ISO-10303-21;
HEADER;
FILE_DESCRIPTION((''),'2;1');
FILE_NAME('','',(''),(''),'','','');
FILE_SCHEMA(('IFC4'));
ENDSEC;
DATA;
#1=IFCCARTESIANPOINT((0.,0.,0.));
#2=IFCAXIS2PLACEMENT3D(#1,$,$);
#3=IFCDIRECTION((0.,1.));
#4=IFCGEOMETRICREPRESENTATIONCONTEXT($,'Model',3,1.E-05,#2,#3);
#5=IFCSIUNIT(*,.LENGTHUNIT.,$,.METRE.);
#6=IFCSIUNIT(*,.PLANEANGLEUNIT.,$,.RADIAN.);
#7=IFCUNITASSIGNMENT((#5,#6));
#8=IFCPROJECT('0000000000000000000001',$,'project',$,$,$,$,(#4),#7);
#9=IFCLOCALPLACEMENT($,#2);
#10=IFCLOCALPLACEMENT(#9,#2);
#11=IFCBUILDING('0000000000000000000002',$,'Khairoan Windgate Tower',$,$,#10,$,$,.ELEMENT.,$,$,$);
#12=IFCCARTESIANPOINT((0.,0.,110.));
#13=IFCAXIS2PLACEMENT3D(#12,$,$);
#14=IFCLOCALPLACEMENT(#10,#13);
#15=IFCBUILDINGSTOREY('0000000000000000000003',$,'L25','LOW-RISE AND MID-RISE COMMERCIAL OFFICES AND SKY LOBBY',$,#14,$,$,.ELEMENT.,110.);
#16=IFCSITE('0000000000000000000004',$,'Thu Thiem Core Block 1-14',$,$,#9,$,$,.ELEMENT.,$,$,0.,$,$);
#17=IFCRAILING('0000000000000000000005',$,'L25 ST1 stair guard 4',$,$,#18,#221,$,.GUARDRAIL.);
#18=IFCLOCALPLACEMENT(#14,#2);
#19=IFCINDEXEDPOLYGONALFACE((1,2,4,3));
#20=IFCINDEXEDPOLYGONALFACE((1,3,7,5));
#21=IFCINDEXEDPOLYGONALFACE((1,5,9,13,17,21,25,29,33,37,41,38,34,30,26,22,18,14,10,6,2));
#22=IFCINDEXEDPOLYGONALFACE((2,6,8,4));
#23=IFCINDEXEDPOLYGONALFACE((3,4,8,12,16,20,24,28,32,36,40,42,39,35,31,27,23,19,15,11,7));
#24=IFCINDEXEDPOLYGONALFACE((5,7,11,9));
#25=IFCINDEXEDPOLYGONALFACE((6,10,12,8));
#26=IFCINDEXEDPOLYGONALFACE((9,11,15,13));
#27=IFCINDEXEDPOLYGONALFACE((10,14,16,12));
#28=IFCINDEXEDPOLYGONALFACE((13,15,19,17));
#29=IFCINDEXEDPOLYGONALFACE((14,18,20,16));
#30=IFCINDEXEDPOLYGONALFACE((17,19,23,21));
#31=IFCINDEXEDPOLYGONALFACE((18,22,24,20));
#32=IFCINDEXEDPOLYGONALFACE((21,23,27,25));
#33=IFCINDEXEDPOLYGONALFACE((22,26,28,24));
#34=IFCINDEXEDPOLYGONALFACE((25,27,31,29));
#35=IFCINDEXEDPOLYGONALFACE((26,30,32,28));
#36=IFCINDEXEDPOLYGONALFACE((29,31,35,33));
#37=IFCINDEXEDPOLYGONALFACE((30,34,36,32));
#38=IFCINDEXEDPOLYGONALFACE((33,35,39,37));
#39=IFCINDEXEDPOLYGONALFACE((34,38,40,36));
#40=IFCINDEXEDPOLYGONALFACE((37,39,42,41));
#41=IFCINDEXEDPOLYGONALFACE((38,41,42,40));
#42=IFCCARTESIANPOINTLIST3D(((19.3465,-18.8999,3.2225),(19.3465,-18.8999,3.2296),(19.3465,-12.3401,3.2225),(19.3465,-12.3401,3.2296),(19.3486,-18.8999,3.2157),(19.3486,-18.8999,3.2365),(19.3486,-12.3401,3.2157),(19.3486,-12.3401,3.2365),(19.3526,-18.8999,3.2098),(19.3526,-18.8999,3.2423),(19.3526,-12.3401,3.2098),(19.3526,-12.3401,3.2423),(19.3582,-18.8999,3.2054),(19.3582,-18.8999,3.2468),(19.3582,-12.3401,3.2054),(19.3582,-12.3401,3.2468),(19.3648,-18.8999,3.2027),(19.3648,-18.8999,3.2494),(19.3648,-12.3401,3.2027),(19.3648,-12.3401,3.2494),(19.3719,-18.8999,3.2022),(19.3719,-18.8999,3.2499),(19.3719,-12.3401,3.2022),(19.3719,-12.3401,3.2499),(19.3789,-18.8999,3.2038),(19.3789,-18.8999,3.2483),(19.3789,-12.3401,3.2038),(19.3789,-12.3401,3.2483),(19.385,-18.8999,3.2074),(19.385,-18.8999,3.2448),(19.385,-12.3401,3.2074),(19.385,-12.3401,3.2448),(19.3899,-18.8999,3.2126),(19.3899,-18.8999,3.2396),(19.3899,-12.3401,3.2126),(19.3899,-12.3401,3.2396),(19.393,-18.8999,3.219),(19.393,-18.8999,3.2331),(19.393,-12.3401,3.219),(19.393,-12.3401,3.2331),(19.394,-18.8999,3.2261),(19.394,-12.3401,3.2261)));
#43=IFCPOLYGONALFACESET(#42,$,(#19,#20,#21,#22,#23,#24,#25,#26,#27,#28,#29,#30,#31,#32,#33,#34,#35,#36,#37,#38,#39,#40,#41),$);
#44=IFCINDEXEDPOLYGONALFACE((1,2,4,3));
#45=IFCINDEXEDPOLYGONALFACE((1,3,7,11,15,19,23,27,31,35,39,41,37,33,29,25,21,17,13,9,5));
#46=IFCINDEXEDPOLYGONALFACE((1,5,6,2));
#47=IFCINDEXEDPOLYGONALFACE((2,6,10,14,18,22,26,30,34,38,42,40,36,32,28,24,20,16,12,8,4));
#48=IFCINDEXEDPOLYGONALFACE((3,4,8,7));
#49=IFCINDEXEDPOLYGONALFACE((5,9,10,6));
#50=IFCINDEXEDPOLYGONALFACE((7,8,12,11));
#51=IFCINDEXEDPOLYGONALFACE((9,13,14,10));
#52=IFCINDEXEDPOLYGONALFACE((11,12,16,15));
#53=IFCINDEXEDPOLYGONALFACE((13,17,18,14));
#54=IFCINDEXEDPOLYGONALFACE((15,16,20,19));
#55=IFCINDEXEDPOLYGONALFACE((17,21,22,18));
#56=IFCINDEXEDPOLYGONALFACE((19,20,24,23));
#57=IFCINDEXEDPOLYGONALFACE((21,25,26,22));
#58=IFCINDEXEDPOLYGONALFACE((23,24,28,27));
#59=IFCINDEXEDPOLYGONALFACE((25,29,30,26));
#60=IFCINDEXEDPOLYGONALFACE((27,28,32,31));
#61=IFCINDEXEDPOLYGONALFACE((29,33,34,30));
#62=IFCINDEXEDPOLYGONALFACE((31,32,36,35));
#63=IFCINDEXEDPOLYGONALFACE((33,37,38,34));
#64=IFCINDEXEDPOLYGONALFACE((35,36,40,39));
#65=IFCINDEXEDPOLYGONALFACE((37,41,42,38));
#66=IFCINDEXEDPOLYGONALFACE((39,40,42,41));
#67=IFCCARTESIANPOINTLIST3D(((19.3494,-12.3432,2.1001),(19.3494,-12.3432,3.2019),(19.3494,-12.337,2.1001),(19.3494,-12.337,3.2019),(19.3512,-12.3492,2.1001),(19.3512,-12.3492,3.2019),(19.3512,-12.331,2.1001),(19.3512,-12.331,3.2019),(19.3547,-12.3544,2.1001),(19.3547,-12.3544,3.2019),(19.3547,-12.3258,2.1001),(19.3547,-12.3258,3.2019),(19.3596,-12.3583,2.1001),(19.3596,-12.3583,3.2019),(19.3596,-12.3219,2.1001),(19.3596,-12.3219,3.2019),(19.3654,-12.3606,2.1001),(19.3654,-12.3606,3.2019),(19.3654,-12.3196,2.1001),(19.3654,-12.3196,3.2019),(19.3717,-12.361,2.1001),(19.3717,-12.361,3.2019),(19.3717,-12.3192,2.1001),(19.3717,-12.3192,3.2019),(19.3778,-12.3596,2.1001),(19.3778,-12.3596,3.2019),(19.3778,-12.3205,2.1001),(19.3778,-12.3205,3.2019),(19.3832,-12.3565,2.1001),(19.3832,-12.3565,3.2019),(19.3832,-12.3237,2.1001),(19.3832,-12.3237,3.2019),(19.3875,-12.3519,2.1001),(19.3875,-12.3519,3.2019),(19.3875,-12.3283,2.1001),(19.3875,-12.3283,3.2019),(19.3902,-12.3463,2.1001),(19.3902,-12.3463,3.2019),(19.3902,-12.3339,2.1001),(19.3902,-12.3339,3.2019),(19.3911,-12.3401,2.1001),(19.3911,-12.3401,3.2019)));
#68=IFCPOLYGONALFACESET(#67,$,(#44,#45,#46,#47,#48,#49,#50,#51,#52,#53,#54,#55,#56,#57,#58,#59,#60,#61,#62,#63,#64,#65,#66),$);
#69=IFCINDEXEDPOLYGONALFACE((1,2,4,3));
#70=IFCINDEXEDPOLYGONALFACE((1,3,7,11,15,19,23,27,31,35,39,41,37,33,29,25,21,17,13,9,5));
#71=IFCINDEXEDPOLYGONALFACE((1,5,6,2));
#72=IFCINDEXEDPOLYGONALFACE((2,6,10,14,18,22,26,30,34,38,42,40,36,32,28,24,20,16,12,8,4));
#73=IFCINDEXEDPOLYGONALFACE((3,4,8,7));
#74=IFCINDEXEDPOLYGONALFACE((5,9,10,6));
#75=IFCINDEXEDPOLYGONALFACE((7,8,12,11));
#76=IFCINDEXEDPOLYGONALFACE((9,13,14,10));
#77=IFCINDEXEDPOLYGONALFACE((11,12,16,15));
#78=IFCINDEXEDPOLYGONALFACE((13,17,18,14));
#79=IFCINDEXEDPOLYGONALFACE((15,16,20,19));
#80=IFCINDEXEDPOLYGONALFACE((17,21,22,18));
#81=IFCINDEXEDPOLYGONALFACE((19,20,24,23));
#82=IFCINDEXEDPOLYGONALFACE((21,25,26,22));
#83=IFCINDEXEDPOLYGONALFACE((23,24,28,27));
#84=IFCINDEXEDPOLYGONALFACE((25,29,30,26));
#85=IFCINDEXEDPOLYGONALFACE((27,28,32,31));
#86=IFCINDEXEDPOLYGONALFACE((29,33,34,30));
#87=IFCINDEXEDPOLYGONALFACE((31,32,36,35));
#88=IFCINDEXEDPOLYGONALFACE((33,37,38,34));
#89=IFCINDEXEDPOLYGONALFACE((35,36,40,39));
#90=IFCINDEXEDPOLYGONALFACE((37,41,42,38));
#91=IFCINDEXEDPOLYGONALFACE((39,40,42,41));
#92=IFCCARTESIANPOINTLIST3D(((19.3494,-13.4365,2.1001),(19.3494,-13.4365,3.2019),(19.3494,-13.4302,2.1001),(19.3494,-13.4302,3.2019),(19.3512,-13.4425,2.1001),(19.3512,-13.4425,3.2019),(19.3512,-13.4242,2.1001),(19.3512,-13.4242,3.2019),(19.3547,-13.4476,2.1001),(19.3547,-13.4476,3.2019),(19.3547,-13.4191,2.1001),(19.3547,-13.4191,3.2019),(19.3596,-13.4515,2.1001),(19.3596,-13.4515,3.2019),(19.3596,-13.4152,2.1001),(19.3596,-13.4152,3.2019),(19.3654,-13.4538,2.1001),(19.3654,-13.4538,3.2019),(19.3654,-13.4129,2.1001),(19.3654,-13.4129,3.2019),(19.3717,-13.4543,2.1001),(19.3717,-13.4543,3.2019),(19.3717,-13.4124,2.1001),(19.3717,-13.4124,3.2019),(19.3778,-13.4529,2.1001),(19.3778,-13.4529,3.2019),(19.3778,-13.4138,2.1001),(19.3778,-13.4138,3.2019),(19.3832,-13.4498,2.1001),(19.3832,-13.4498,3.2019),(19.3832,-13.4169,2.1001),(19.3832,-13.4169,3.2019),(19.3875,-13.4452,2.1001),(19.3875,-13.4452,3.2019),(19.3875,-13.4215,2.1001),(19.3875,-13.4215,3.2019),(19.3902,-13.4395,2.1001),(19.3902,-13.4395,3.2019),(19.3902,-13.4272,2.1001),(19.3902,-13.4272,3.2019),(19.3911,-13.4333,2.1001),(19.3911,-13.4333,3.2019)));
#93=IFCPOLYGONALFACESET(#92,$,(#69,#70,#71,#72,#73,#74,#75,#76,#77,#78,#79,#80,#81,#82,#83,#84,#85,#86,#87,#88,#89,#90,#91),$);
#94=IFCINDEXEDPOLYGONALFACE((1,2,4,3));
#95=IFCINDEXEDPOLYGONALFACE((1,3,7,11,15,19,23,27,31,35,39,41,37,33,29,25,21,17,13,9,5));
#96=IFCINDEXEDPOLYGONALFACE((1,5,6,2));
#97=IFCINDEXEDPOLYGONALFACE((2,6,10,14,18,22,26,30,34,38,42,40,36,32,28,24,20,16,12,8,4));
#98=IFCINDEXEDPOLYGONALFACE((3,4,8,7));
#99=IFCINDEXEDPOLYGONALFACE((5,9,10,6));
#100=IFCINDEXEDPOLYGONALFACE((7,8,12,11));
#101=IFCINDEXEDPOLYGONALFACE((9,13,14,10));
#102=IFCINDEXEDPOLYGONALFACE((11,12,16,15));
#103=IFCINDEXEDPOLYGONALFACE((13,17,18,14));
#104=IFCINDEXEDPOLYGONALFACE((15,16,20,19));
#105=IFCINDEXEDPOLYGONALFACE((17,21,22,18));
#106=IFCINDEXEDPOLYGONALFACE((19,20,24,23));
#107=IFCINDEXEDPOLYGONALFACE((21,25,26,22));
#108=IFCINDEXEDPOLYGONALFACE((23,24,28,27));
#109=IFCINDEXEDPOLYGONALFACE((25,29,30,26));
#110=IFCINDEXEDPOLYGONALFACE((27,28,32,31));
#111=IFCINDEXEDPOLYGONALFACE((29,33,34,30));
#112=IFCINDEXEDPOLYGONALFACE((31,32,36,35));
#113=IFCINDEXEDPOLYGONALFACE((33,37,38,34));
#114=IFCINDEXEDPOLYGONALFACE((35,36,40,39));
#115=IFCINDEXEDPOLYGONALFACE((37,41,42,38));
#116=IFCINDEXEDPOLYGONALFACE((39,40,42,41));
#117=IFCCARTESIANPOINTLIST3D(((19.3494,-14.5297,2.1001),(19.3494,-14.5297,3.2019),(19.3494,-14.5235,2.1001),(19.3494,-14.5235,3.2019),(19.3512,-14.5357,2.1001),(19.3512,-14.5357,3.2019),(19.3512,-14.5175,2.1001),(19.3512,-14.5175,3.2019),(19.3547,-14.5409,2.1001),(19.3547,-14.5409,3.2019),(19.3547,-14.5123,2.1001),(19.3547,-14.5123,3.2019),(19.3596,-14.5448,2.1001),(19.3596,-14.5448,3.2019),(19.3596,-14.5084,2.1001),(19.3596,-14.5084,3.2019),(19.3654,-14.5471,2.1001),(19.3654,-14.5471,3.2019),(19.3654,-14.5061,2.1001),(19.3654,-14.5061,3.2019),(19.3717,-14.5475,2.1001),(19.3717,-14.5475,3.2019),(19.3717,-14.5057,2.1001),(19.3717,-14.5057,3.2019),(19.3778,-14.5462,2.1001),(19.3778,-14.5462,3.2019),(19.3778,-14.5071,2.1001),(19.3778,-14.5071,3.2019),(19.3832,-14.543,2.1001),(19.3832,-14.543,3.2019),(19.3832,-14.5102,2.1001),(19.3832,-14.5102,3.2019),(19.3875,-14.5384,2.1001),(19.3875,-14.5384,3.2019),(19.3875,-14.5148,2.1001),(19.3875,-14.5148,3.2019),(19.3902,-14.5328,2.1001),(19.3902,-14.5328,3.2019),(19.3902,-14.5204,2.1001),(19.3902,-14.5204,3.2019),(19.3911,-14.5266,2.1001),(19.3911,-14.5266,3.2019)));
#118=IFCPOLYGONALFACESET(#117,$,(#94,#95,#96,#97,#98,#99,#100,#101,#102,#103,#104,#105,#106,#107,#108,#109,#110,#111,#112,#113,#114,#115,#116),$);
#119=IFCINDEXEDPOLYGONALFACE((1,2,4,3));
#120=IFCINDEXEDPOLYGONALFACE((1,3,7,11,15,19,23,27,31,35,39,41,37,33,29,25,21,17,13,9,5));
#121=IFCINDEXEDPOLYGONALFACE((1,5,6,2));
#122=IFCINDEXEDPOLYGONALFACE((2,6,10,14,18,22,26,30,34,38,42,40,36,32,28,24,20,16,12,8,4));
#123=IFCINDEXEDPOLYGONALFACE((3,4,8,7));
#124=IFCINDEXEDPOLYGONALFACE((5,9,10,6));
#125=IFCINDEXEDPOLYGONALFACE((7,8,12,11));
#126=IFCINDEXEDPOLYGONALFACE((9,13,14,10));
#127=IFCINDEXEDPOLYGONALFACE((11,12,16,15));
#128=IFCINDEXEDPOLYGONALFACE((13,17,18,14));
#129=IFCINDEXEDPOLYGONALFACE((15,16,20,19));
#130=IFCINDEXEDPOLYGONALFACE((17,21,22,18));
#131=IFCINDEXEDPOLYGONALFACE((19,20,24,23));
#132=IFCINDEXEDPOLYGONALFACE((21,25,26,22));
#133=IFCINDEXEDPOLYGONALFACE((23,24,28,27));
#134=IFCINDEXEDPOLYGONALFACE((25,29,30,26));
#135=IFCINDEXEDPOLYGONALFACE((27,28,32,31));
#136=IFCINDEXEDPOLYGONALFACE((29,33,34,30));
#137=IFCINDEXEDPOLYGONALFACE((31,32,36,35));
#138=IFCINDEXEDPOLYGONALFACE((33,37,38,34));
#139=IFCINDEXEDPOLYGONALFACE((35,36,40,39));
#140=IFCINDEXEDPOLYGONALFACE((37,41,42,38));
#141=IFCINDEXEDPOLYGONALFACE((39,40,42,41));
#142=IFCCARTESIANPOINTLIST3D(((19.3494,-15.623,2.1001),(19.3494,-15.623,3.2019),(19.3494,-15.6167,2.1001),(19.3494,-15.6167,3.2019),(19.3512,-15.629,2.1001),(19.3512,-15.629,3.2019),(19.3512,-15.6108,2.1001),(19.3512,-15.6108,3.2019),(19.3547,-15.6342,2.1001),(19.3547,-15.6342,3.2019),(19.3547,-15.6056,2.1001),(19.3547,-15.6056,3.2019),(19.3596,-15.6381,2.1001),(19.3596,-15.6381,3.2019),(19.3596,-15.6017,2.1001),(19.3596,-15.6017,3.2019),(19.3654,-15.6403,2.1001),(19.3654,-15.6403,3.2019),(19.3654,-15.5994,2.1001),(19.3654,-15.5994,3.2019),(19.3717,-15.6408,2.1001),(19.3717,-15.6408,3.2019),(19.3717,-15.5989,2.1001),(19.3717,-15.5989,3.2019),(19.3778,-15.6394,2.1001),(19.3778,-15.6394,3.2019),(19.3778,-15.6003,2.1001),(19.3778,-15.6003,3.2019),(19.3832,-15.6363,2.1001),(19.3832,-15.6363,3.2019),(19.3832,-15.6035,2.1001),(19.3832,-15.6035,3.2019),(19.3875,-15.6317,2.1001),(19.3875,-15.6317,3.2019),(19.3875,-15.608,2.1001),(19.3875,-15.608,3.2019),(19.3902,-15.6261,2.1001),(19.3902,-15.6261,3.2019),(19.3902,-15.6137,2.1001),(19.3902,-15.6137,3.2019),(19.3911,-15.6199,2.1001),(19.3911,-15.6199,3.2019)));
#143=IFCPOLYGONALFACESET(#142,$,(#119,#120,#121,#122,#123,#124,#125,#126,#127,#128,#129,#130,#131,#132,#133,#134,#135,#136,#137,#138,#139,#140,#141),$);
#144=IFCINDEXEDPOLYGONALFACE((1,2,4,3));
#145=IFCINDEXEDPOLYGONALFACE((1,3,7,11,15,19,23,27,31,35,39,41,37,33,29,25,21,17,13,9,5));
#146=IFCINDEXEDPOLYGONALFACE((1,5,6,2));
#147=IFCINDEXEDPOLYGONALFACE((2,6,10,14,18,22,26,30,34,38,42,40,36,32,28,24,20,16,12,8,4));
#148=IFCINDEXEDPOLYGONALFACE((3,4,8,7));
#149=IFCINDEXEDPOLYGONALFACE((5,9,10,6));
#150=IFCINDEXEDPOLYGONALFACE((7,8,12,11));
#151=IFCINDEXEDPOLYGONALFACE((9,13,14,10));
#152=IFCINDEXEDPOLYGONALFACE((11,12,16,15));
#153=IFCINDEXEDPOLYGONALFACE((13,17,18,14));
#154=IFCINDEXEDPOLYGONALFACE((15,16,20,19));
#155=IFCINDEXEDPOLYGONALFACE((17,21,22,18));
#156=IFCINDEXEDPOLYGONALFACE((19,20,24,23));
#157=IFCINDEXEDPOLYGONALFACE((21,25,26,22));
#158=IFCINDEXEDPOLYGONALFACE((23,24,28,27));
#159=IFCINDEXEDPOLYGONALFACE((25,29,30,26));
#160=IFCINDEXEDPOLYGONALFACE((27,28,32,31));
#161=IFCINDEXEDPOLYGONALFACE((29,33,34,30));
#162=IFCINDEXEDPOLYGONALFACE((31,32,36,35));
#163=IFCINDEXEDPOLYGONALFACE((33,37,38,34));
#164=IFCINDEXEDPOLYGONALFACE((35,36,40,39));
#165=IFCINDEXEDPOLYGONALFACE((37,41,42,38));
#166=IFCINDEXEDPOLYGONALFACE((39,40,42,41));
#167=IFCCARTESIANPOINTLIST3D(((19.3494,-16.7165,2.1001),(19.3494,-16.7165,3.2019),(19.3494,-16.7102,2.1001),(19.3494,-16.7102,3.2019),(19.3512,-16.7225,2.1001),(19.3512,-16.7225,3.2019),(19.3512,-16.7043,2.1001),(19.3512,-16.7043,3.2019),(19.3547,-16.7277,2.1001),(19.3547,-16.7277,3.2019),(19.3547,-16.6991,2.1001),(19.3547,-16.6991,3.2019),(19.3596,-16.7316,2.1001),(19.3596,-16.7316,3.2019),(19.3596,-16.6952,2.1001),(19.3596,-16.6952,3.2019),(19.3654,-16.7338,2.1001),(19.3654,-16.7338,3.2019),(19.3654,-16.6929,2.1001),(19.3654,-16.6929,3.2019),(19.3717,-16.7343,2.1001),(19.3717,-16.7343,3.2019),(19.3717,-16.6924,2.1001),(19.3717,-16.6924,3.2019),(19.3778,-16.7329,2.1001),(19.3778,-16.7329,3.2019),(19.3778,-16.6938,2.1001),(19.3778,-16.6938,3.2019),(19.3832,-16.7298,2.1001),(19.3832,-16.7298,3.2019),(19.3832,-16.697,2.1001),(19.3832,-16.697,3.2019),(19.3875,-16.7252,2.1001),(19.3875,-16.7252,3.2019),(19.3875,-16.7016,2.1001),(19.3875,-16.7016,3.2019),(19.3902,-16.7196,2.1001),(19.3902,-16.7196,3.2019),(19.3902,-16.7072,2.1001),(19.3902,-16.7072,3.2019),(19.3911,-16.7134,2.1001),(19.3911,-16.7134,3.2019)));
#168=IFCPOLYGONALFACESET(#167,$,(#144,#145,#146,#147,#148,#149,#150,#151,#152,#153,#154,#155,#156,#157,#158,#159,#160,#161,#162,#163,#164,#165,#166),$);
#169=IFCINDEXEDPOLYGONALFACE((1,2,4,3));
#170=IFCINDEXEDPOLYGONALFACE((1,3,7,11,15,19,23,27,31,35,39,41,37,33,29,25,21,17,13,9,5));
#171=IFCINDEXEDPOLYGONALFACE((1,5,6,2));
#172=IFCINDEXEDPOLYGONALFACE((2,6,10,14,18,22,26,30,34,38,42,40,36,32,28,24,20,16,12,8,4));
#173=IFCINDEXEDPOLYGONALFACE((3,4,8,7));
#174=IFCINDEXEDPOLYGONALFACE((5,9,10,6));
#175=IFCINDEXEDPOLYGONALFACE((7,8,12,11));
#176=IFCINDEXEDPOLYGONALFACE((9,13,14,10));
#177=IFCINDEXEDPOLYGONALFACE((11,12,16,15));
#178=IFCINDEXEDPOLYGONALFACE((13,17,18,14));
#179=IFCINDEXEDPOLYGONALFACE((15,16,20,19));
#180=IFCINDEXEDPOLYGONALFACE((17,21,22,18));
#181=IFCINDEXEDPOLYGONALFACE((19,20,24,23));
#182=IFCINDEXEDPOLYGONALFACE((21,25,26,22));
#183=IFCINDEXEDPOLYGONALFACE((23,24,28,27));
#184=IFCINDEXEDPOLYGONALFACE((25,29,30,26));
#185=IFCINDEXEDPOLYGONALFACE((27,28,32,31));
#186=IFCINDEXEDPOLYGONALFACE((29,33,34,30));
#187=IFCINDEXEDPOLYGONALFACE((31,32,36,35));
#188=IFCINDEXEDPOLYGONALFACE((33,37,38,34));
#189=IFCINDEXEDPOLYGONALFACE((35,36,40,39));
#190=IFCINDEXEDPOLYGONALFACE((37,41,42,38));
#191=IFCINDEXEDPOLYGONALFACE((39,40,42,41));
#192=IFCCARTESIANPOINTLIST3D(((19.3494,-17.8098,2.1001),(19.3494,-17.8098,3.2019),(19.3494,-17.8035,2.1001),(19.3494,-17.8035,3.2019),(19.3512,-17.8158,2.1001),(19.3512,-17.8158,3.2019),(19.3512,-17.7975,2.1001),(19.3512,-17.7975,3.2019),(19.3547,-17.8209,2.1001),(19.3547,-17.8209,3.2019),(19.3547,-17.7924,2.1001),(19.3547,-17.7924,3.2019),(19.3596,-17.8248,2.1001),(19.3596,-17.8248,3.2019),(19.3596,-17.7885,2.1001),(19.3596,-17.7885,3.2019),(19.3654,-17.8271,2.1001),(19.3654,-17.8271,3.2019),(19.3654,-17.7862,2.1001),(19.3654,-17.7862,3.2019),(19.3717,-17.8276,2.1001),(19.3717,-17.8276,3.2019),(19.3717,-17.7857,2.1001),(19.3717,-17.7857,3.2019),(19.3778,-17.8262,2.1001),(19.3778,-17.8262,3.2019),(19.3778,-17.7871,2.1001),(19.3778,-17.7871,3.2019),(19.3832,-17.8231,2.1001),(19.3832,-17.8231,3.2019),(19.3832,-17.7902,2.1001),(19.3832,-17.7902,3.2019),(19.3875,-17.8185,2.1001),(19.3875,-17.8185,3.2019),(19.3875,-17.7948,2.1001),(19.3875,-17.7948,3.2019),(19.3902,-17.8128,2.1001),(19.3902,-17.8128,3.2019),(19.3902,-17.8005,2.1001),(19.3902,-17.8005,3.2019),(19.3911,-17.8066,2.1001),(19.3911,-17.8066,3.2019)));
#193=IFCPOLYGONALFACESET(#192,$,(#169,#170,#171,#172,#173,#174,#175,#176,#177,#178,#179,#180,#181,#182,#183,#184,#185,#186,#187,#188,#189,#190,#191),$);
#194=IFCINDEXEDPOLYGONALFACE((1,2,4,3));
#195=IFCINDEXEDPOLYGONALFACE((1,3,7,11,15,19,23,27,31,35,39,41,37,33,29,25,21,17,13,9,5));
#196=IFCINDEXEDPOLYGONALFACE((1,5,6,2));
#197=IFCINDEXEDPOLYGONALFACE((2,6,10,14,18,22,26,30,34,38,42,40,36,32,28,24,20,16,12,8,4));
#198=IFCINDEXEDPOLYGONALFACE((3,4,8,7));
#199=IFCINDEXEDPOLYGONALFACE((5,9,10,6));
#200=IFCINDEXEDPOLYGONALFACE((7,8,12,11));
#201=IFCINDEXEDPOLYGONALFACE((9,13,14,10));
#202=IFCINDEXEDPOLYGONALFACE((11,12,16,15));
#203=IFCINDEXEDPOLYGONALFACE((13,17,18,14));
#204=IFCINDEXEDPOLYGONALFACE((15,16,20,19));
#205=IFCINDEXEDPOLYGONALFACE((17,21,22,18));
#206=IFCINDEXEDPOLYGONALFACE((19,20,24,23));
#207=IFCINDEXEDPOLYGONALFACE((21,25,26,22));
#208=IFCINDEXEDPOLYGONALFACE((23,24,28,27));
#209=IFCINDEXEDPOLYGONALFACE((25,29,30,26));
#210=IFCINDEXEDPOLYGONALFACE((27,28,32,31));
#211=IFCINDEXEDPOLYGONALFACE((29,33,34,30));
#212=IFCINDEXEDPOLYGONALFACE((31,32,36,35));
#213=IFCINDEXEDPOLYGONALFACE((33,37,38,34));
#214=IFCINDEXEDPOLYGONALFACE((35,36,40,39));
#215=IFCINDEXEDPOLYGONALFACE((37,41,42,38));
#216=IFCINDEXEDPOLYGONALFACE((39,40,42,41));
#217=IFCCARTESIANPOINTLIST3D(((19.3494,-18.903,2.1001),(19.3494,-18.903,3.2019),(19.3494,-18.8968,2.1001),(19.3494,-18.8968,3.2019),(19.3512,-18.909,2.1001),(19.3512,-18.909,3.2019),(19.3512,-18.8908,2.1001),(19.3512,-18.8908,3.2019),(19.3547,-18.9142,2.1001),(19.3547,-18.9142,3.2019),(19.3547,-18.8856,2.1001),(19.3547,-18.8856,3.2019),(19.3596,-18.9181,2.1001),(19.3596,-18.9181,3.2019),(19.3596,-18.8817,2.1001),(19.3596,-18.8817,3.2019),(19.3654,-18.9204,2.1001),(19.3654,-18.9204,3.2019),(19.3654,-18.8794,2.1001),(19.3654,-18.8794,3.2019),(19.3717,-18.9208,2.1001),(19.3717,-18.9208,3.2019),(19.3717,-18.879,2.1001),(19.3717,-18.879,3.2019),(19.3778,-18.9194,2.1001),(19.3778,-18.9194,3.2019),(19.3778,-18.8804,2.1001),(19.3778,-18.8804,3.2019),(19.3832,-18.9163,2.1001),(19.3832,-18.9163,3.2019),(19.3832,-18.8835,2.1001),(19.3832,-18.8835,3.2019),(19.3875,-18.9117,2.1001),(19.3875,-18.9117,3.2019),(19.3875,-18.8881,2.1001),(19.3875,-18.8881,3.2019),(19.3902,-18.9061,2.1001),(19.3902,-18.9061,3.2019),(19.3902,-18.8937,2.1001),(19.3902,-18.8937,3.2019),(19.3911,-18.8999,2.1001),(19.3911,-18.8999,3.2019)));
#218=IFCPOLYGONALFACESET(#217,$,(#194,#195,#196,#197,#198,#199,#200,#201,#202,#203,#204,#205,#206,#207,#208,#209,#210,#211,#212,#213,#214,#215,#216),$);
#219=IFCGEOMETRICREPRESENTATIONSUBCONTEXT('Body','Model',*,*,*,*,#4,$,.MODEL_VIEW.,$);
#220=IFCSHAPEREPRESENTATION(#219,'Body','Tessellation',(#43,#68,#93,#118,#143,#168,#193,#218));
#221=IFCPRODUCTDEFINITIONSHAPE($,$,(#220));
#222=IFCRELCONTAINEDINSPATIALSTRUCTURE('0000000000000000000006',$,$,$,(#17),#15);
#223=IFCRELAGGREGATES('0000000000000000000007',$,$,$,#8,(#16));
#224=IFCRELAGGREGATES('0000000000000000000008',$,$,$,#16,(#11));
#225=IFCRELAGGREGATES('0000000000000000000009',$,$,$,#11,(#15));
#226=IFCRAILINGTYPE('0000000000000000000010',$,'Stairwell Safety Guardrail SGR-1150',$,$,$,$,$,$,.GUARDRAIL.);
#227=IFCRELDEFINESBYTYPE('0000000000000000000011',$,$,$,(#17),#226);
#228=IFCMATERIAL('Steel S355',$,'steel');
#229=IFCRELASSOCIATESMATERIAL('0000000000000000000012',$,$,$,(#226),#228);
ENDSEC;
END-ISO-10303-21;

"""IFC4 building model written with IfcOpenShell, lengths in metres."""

from ifc_helpers import new_model, si_unit, direction, frame, origin, origin_2d, place, context, subcontext, project, spatial, circle, extrude, material, type_object, element, save


model = new_model("IFC4")

# Units and contexts
model_context = context("Model", 3, precision=1e-05, world=origin(), true_north=direction((0.0, 1.0)))
body_context = subcontext(model_context, "Body", "Model", "MODEL_VIEW")
ifc_project = project(units=[si_unit("LENGTHUNIT", "METRE"), si_unit("PLANEANGLEUNIT", "RADIAN")], contexts=[model_context])

# Site, building, storey
site_placement = place(None, origin())
site = spatial("IfcSite", under=ifc_project, at=site_placement, Name="Thu Thiem Core Block 1-14", CompositionType="ELEMENT", RefElevation=0.0)
building_placement = place(site_placement, origin())
building = spatial("IfcBuilding", under=site, at=building_placement, Name="Khairoan Windgate Tower", CompositionType="ELEMENT")
storey_placement = place(building_placement, frame((0.0, 0.0, 110.0)))
storey = spatial("IfcBuildingStorey", under=building, at=storey_placement, Name="L25", Description="LOW-RISE AND MID-RISE COMMERCIAL OFFICES AND SKY LOBBY", CompositionType="ELEMENT", Elevation=110.0)

# Railing
ifc_material_1 = material(Name="Steel S355", Category="steel")
railing_type_1 = type_object("IfcRailingType", Name="Stairwell Safety Guardrail SGR-1150", PredefinedType="GUARDRAIL", material=ifc_material_1)
railing_1_placement = place(storey_placement, frame((19.3701, -12.3401, 2.1001)))
element("IfcRailing", 1, at=railing_1_placement, inside=storey, type_object=railing_type_1, Name="L25 ST1 stair guard 4", PredefinedType="GUARDRAIL", context=body_context, shape_type="SweptSolid", body=[
    extrude(circle(Radius=0.0239, at=origin_2d()), frame((0.0, 0.0, 1.126), z_axis=(0.0, -1.0, 0.0), x_axis=(1.0, 0.0, 0.0)), (0.0, 0.0, 1.0), 6.5598),
    extrude(circle(Radius=0.021, at=origin_2d()), origin(), (0.0, 0.0, 1.0), 1.1018),
    extrude(circle(Radius=0.021, at=origin_2d()), frame((0.0, -1.0933, 0.0)), (0.0, 0.0, 1.0), 1.1018),
    extrude(circle(Radius=0.021, at=origin_2d()), frame((0.0, -2.1865, 0.0)), (0.0, 0.0, 1.0), 1.1018),
    extrude(circle(Radius=0.021, at=origin_2d()), frame((0.0, -3.2798, 0.0)), (0.0, 0.0, 1.0), 1.1018),
    extrude(circle(Radius=0.021, at=origin_2d()), frame((0.0, -4.3733, 0.0)), (0.0, 0.0, 1.0), 1.1018),
    extrude(circle(Radius=0.021, at=origin_2d()), frame((0.0, -5.4666, 0.0)), (0.0, 0.0, 1.0), 1.1018),
    extrude(circle(Radius=0.021, at=origin_2d()), frame((0.0, -6.5598, 0.0)), (0.0, 0.0, 1.0), 1.1018),
])

save(model, "model.ifc")
